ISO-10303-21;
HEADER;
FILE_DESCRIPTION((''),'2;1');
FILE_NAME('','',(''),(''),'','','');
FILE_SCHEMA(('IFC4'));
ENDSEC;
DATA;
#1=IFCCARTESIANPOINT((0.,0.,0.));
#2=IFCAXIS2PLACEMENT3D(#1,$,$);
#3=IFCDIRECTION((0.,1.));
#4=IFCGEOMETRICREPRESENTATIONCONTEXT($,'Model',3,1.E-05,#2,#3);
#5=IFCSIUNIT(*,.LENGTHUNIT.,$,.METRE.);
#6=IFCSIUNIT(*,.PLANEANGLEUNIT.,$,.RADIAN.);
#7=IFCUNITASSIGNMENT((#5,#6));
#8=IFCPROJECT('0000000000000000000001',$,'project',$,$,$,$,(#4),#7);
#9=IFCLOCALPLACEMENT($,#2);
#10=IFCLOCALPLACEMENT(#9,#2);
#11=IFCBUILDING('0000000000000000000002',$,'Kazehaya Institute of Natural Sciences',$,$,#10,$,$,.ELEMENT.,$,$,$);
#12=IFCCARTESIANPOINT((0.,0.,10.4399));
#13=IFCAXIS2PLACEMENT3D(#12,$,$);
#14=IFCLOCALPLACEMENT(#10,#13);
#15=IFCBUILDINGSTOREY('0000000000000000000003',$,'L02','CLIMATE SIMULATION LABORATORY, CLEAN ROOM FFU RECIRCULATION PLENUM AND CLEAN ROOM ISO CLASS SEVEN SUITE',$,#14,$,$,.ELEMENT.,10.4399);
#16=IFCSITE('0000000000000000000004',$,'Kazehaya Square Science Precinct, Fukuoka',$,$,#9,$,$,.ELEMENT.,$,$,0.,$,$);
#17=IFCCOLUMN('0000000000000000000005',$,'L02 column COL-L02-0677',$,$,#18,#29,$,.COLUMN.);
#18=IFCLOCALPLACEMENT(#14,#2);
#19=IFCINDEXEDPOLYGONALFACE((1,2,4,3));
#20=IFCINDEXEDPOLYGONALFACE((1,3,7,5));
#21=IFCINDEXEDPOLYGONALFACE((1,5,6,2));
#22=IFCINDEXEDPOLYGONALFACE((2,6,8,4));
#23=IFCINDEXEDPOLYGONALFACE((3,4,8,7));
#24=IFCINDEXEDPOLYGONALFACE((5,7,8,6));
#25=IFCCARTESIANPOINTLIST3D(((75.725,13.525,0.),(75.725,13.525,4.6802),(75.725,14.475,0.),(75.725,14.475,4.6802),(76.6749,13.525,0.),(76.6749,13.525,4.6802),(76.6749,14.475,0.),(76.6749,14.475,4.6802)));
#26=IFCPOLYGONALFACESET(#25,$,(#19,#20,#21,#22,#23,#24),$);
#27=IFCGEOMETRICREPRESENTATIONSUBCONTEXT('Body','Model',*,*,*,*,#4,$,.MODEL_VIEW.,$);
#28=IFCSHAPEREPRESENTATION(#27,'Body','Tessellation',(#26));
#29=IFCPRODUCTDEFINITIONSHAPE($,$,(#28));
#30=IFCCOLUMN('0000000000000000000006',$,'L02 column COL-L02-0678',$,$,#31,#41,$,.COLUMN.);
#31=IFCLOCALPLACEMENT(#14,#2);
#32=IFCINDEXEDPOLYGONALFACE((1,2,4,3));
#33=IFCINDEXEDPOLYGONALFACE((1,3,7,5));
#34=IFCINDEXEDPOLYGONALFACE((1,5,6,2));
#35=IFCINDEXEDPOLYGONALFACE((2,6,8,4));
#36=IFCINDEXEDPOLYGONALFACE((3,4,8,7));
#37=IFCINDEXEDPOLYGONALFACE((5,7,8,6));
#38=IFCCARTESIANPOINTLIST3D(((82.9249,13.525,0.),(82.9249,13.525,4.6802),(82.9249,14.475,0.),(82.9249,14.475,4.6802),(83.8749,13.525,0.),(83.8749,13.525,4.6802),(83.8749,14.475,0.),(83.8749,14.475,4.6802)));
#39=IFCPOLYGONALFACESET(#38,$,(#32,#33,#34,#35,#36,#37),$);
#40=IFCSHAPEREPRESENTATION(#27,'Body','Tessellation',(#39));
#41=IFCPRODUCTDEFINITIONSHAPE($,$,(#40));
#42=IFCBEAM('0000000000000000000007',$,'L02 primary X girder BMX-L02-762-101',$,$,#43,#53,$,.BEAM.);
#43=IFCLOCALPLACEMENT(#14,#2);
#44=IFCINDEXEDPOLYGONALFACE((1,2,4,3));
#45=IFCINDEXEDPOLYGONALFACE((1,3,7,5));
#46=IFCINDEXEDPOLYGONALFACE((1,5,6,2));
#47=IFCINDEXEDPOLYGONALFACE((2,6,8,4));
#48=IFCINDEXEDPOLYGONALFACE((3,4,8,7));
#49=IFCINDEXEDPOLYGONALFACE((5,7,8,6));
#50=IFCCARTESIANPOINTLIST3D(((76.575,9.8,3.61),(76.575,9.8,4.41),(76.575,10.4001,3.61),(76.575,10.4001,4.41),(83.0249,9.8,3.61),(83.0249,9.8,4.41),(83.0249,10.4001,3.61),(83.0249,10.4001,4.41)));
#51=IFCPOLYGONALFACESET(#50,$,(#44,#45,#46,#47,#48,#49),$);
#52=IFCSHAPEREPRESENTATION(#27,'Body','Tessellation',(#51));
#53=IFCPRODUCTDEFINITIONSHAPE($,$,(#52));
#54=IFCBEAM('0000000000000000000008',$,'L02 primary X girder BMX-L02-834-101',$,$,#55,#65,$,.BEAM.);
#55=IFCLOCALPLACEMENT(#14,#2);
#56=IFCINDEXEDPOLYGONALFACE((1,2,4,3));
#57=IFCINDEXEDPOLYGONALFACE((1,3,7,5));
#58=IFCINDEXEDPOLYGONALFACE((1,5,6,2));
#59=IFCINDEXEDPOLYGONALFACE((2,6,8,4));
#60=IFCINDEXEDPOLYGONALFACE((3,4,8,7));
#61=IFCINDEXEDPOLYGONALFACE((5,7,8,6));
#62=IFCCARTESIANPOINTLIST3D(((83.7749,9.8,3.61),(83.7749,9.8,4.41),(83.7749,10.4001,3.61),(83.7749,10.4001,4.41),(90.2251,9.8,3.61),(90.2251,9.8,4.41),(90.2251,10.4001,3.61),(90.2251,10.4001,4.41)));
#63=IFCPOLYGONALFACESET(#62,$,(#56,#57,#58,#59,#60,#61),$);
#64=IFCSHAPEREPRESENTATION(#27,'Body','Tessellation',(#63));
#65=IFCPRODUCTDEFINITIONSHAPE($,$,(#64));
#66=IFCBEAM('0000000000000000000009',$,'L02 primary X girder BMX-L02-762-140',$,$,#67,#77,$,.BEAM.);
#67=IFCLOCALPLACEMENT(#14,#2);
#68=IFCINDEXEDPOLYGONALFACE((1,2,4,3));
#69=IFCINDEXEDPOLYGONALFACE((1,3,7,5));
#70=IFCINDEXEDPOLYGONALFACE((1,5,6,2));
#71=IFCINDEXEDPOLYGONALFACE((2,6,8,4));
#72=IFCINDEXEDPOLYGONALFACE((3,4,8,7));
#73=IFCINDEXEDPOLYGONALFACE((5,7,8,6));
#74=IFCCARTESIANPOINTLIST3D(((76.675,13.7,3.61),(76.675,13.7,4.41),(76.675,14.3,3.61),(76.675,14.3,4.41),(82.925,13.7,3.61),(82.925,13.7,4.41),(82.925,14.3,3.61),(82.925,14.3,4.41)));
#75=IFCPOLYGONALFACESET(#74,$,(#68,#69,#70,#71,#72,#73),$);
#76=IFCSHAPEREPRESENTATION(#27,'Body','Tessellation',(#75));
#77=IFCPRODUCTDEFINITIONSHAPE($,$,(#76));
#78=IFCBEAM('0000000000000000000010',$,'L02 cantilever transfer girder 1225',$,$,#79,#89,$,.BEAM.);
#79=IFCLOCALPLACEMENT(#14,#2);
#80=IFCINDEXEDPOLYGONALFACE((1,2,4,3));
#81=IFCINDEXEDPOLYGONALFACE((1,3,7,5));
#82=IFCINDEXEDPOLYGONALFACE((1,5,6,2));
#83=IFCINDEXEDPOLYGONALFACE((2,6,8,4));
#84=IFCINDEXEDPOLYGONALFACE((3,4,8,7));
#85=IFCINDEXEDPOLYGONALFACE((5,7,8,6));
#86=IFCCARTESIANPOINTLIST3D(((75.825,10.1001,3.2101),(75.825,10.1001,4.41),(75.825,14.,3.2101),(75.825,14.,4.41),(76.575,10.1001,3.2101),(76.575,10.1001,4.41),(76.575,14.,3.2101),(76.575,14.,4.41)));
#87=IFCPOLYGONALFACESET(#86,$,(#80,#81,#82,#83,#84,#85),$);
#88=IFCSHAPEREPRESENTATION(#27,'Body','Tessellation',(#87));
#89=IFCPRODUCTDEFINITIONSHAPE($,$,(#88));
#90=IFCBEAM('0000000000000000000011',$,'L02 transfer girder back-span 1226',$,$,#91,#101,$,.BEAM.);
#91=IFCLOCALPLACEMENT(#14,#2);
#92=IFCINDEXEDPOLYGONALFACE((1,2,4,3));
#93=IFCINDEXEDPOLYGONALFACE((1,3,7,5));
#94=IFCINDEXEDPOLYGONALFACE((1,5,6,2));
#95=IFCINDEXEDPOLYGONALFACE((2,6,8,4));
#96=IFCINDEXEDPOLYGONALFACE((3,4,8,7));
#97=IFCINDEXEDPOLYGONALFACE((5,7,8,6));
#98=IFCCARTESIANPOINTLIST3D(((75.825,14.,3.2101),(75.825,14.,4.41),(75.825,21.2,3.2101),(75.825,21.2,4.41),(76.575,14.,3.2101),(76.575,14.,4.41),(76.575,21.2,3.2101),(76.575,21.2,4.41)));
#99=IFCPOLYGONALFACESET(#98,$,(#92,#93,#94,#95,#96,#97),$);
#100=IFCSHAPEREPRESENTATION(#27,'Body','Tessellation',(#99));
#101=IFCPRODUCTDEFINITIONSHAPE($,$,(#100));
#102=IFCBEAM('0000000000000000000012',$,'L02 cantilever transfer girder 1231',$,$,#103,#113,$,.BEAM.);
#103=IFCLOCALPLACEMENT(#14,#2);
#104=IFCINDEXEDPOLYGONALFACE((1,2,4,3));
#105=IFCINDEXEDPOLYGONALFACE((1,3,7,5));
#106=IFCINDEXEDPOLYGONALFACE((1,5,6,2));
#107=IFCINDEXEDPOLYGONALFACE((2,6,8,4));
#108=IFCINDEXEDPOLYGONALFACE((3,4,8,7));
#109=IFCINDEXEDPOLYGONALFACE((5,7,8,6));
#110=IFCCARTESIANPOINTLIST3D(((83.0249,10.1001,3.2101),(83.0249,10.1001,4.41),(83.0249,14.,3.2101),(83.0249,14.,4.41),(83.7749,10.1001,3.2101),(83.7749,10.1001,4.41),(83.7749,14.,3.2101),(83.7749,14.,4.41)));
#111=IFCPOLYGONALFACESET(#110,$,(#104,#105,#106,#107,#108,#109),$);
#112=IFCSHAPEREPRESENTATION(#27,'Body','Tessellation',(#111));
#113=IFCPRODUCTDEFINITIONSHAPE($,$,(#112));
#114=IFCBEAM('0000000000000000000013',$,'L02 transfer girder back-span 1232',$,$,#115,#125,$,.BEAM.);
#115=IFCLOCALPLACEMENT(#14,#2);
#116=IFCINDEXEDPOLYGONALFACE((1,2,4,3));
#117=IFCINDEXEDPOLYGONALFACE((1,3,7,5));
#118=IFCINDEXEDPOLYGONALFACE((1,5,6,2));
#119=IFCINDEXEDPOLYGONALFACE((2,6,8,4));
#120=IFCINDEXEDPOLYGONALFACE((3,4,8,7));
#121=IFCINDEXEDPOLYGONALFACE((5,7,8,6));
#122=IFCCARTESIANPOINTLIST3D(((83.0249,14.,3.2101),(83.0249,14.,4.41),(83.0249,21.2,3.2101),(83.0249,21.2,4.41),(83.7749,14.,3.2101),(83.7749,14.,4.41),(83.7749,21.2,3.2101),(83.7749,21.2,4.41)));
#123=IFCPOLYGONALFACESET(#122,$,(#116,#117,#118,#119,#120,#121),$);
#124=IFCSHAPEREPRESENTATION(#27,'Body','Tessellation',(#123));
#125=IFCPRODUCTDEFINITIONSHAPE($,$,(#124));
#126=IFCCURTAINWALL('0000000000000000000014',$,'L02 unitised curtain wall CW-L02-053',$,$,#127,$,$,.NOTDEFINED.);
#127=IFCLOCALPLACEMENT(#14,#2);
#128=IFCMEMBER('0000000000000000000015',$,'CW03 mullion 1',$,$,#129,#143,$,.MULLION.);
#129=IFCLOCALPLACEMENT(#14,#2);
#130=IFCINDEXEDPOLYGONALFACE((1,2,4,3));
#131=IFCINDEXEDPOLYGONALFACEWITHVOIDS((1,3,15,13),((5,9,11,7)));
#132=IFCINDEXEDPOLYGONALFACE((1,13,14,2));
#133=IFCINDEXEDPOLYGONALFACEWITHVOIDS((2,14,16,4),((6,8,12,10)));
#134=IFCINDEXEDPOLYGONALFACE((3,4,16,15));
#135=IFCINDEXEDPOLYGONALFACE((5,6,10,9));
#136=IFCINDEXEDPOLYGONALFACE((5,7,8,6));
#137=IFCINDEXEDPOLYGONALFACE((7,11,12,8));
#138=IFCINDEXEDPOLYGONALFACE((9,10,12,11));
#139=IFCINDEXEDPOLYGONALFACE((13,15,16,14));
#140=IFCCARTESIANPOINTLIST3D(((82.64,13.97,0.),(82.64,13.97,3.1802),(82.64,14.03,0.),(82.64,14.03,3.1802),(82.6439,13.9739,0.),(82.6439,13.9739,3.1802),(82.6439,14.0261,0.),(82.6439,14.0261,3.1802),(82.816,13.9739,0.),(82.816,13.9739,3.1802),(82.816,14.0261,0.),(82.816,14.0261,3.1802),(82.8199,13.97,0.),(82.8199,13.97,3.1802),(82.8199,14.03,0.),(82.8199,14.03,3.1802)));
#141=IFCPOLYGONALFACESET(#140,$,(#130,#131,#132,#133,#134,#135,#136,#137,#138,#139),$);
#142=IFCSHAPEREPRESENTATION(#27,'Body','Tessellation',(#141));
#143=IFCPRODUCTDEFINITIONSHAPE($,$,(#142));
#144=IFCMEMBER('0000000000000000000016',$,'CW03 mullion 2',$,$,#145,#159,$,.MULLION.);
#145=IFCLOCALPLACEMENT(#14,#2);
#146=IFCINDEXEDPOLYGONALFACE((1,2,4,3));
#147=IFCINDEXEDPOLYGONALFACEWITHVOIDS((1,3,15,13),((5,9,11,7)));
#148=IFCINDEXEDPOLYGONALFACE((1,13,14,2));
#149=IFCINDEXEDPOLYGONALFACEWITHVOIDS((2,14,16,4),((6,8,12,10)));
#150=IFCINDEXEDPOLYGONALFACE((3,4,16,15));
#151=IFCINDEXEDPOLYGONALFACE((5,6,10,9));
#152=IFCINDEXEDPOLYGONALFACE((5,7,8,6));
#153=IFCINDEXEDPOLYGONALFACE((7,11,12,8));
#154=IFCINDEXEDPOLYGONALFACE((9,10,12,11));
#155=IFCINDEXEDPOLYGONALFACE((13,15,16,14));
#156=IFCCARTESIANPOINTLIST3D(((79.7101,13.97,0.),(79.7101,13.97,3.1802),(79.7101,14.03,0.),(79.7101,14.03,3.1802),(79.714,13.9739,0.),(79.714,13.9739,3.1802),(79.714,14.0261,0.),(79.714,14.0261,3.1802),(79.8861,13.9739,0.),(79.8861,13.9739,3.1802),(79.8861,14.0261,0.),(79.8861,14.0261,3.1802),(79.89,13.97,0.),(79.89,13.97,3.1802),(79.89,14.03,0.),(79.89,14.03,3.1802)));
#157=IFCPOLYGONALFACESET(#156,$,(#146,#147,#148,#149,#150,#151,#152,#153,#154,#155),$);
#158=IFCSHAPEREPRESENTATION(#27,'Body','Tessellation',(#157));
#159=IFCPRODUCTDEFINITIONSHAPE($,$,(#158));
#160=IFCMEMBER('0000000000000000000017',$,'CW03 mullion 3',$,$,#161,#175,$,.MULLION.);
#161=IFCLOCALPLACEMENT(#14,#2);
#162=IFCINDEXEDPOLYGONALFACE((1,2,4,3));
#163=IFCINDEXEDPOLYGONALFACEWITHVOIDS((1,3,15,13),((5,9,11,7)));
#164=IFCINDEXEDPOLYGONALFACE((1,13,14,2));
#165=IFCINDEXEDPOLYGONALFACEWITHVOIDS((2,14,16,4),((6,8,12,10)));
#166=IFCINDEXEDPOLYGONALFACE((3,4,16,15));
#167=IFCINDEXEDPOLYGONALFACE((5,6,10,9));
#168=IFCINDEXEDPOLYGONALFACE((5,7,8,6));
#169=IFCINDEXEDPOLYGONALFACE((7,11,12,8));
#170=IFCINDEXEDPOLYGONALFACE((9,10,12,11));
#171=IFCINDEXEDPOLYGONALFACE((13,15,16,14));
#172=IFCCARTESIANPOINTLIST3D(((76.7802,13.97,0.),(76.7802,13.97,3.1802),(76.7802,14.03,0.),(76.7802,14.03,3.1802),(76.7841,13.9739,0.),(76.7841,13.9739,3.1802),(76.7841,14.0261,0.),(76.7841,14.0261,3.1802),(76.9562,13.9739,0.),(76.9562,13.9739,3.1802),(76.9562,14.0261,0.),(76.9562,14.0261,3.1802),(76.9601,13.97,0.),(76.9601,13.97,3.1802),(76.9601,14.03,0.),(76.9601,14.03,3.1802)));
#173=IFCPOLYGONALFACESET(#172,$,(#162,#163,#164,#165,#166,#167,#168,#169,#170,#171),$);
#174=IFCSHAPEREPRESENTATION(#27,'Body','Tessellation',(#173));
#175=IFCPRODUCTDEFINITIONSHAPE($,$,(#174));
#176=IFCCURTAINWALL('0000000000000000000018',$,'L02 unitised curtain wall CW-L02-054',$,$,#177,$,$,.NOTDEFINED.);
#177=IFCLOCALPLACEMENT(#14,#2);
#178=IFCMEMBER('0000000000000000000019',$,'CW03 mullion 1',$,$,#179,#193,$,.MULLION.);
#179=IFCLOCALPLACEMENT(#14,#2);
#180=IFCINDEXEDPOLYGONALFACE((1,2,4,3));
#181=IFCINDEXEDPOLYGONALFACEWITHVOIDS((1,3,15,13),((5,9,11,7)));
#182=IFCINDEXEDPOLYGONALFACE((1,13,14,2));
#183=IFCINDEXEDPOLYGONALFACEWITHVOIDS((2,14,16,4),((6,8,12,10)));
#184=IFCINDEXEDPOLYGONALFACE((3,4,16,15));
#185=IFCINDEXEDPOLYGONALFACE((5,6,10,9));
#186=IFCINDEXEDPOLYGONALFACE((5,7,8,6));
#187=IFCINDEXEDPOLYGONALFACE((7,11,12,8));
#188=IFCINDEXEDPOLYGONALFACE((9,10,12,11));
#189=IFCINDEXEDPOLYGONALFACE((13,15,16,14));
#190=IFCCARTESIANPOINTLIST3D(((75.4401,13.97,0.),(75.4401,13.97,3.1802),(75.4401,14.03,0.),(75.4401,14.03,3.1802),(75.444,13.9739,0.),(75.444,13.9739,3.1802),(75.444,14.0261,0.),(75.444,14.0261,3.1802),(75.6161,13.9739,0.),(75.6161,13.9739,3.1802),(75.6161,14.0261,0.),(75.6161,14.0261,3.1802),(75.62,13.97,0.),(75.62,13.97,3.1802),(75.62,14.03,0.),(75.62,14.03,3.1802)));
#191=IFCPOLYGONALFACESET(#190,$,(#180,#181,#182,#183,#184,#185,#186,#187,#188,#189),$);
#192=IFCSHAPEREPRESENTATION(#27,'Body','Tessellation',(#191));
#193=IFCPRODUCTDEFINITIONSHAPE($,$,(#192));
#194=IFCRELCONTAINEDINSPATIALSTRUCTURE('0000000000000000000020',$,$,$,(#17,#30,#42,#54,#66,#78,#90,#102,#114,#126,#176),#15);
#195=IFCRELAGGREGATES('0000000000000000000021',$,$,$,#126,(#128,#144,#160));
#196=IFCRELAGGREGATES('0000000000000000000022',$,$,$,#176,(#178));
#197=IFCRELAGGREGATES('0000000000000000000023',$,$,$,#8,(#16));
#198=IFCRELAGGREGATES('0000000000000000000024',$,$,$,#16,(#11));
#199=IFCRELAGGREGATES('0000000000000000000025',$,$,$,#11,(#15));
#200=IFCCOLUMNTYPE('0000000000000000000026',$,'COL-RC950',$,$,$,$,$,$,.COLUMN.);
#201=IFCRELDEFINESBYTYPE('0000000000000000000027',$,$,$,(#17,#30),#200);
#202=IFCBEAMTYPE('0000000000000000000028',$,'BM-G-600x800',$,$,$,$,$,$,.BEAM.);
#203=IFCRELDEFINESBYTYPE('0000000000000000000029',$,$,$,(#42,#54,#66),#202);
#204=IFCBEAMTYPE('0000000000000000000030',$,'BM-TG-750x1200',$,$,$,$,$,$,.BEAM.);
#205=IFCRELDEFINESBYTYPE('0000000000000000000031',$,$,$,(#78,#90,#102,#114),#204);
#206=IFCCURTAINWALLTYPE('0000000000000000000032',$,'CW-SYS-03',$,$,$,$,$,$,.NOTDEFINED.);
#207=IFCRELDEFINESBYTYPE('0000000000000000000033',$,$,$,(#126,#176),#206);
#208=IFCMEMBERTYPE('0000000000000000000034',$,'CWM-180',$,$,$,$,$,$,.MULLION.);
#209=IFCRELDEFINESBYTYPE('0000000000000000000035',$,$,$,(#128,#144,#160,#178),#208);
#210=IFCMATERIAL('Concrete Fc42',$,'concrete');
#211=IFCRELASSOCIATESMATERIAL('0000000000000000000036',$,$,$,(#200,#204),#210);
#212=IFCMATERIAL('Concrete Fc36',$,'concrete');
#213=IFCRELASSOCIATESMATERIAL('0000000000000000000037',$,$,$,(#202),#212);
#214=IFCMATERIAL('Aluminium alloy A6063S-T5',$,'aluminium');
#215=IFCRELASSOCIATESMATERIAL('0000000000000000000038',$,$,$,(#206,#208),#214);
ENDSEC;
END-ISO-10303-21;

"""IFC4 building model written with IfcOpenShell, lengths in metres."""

from ifc_helpers import new_model, si_unit, direction, frame, origin, origin_2d, place, context, subcontext, project, spatial, rectangle, hollow_rectangle, extrude, material, material_profile, profile_set, type_object, element, aggregate, save


model = new_model("IFC4")

# Units and contexts
model_context = context("Model", 3, precision=1e-05, world=origin(), true_north=direction((0.0, 1.0)))
body_context = subcontext(model_context, "Body", "Model", "MODEL_VIEW")
ifc_project = project(units=[si_unit("LENGTHUNIT", "METRE"), si_unit("PLANEANGLEUNIT", "RADIAN")], contexts=[model_context])

# Site, building, storey
site_placement = place(None, origin())
site = spatial("IfcSite", under=ifc_project, at=site_placement, Name="Kazehaya Square Science Precinct, Fukuoka", CompositionType="ELEMENT", RefElevation=0.0)
building_placement = place(site_placement, origin())
building = spatial("IfcBuilding", under=site, at=building_placement, Name="Kazehaya Institute of Natural Sciences", CompositionType="ELEMENT")
storey_placement = place(building_placement, frame((0.0, 0.0, 10.4399)))
storey = spatial("IfcBuildingStorey", under=building, at=storey_placement, Name="L02", Description="CLIMATE SIMULATION LABORATORY, CLEAN ROOM FFU RECIRCULATION PLENUM AND CLEAN ROOM ISO CLASS SEVEN SUITE", CompositionType="ELEMENT", Elevation=10.4399)

# Columns
ifc_material_1 = material(Name="Concrete Fc42", Category="concrete")
ifc_material_profile_1 = material_profile(ifc_material_1, rectangle(XDim=0.95, YDim=0.95, at=origin_2d()), Name="RC-950x950")
ifc_profile_set_1 = profile_set([ifc_material_profile_1], Name="Concrete Fc42")
column_type = type_object("IfcColumnType", Name="COL-RC950", PredefinedType="COLUMN", material=ifc_profile_set_1)
for number, where, z_axis, x_axis, name in (
    (1, (76.2, 14.0, 0.0), (0.0, 0.0, 1.0), (1.0, 0.0, 0.0), "L02 column COL-L02-0677"),
    (2, (83.3999, 14.0, 0.0), (0.0, 0.0, 1.0), (1.0, 0.0, 0.0), "L02 column COL-L02-0678"),
):
    element("IfcColumn", number, at=place(storey_placement, frame(where, z_axis=z_axis, x_axis=x_axis)), inside=storey, type_object=column_type, Name=name, PredefinedType="COLUMN", context=body_context, shape_type="SweptSolid", body=[
        extrude(rectangle(XDim=0.95, YDim=0.95, at=origin_2d()), origin(), (0.0, 0.0, 1.0), 4.6802),
    ])

# Beams
ifc_material_2 = material(Name="Concrete Fc36", Category="concrete")
ifc_material_profile_2 = material_profile(ifc_material_2, rectangle(XDim=0.6001, YDim=0.8, at=origin_2d()), Name="RC-600x800")
ifc_profile_set_2 = profile_set([ifc_material_profile_2], Name="Concrete Fc36")
beam_type_1 = type_object("IfcBeamType", Name="BM-G-600x800", PredefinedType="BEAM", material=ifc_profile_set_2)
beam_1_placement = place(storey_placement, frame((76.575, 10.1001, 4.01), z_axis=(1.0, 0.0, 0.0), x_axis=(0.0, 1.0, 0.0)))
element("IfcBeam", 3, at=beam_1_placement, inside=storey, type_object=beam_type_1, Name="L02 primary X girder BMX-L02-762-101", PredefinedType="BEAM", context=body_context, shape_type="SweptSolid", body=[
    extrude(rectangle(XDim=0.6001, YDim=0.8, at=origin_2d()), origin(), (0.0, 0.0, 1.0), 6.45),
])
beam_2_placement = place(storey_placement, frame((83.7749, 10.1001, 4.01), z_axis=(1.0, 0.0, 0.0), x_axis=(0.0, 1.0, 0.0)))
element("IfcBeam", 4, at=beam_2_placement, inside=storey, type_object=beam_type_1, Name="L02 primary X girder BMX-L02-834-101", PredefinedType="BEAM", context=body_context, shape_type="SweptSolid", body=[
    extrude(rectangle(XDim=0.6001, YDim=0.8, at=origin_2d()), origin(), (0.0, 0.0, 1.0), 6.4502),
])
beam_3_placement = place(storey_placement, frame((76.675, 14.0, 4.01), z_axis=(1.0, 0.0, 0.0), x_axis=(0.0, 1.0, 0.0)))
element("IfcBeam", 5, at=beam_3_placement, inside=storey, type_object=beam_type_1, Name="L02 primary X girder BMX-L02-762-140", PredefinedType="BEAM", context=body_context, shape_type="SweptSolid", body=[
    extrude(rectangle(XDim=0.6001, YDim=0.8, at=origin_2d()), origin(), (0.0, 0.0, 1.0), 6.25),
])
ifc_material_profile_3 = material_profile(ifc_material_1, rectangle(XDim=0.75, YDim=1.2, at=origin_2d()), Name="RC-750x1200")
ifc_profile_set_3 = profile_set([ifc_material_profile_3], Name="Concrete Fc42")
beam_type_2 = type_object("IfcBeamType", Name="BM-TG-750x1200", PredefinedType="BEAM", material=ifc_profile_set_3)
beam_4_placement = place(storey_placement, frame((76.2, 10.1001, 3.8101), z_axis=(0.0, 1.0, 0.0), x_axis=(-1.0, 0.0, 0.0)))
element("IfcBeam", 6, at=beam_4_placement, inside=storey, type_object=beam_type_2, Name="L02 cantilever transfer girder 1225", PredefinedType="BEAM", context=body_context, shape_type="SweptSolid", body=[
    extrude(rectangle(XDim=0.75, YDim=1.2, at=origin_2d()), origin(), (0.0, 0.0, 1.0), 3.8999),
])
beam_5_placement = place(storey_placement, frame((76.2, 14.0, 3.8101), z_axis=(0.0, 1.0, 0.0), x_axis=(-1.0, 0.0, 0.0)))
element("IfcBeam", 7, at=beam_5_placement, inside=storey, type_object=beam_type_2, Name="L02 transfer girder back-span 1226", PredefinedType="BEAM", context=body_context, shape_type="SweptSolid", body=[
    extrude(rectangle(XDim=0.75, YDim=1.2, at=origin_2d()), origin(), (0.0, 0.0, 1.0), 7.2),
])
beam_6_placement = place(storey_placement, frame((83.3999, 10.1001, 3.8101), z_axis=(0.0, 1.0, 0.0), x_axis=(-1.0, 0.0, 0.0)))
element("IfcBeam", 8, at=beam_6_placement, inside=storey, type_object=beam_type_2, Name="L02 cantilever transfer girder 1231", PredefinedType="BEAM", context=body_context, shape_type="SweptSolid", body=[
    extrude(rectangle(XDim=0.75, YDim=1.2, at=origin_2d()), origin(), (0.0, 0.0, 1.0), 3.8999),
])
beam_7_placement = place(storey_placement, frame((83.3999, 14.0, 3.8101), z_axis=(0.0, 1.0, 0.0), x_axis=(-1.0, 0.0, 0.0)))
element("IfcBeam", 9, at=beam_7_placement, inside=storey, type_object=beam_type_2, Name="L02 transfer girder back-span 1232", PredefinedType="BEAM", context=body_context, shape_type="SweptSolid", body=[
    extrude(rectangle(XDim=0.75, YDim=1.2, at=origin_2d()), origin(), (0.0, 0.0, 1.0), 7.2),
])

# Curtain walls, members
ifc_material_3 = material(Name="Aluminium alloy A6063S-T5", Category="aluminium")
curtain_wall_type = type_object("IfcCurtainWallType", Name="CW-SYS-03", PredefinedType="NOTDEFINED", material=ifc_material_3)
curtain_wall_1_placement = place(storey_placement, origin())
curtain_wall_1 = element("IfcCurtainWall", 10, at=curtain_wall_1_placement, inside=storey, type_object=curtain_wall_type, Name="L02 unitised curtain wall CW-L02-053", PredefinedType="NOTDEFINED")
ifc_material_profile_4 = material_profile(ifc_material_3, hollow_rectangle(XDim=0.0601, YDim=0.1799, WallThickness=0.0039, at=origin_2d()), Name="ALU-60x180x4")
ifc_profile_set_4 = profile_set([ifc_material_profile_4], Name="Aluminium alloy A6063S-T5")
member_type_1 = type_object("IfcMemberType", Name="CWM-180", PredefinedType="MULLION", material=ifc_profile_set_4)
member_1_placement = place(storey_placement, frame((82.73, 14.0, 0.0), z_axis=(0.0, 0.0, 1.0), x_axis=(0.0, -1.0, 0.0)))
member_1 = element("IfcMember", 11, at=member_1_placement, type_object=member_type_1, Name="CW03 mullion 1", PredefinedType="MULLION", context=body_context, shape_type="SweptSolid", body=[
    extrude(hollow_rectangle(XDim=0.0601, YDim=0.1799, WallThickness=0.0039, at=origin_2d()), origin(), (0.0, 0.0, 1.0), 3.1802),
])
member_2_placement = place(storey_placement, frame((79.8, 14.0, 0.0), z_axis=(0.0, 0.0, 1.0), x_axis=(0.0, -1.0, 0.0)))
member_2 = element("IfcMember", 12, at=member_2_placement, type_object=member_type_1, Name="CW03 mullion 2", PredefinedType="MULLION", context=body_context, shape_type="SweptSolid", body=[
    extrude(hollow_rectangle(XDim=0.0601, YDim=0.1799, WallThickness=0.0039, at=origin_2d()), origin(), (0.0, 0.0, 1.0), 3.1802),
])
member_3_placement = place(storey_placement, frame((76.8701, 14.0, 0.0), z_axis=(0.0, 0.0, 1.0), x_axis=(0.0, -1.0, 0.0)))
member_3 = element("IfcMember", 13, at=member_3_placement, type_object=member_type_1, Name="CW03 mullion 3", PredefinedType="MULLION", context=body_context, shape_type="SweptSolid", body=[
    extrude(hollow_rectangle(XDim=0.0601, YDim=0.1799, WallThickness=0.0039, at=origin_2d()), origin(), (0.0, 0.0, 1.0), 3.1802),
])
curtain_wall_2_placement = place(storey_placement, origin())
curtain_wall_2 = element("IfcCurtainWall", 14, at=curtain_wall_2_placement, inside=storey, type_object=curtain_wall_type, Name="L02 unitised curtain wall CW-L02-054", PredefinedType="NOTDEFINED")
member_4_placement = place(storey_placement, frame((75.53, 14.0, 0.0), z_axis=(0.0, 0.0, 1.0), x_axis=(0.0, -1.0, 0.0)))
member_4 = element("IfcMember", 15, at=member_4_placement, type_object=member_type_1, Name="CW03 mullion 1", PredefinedType="MULLION", context=body_context, shape_type="SweptSolid", body=[
    extrude(hollow_rectangle(XDim=0.0601, YDim=0.1799, WallThickness=0.0039, at=origin_2d()), origin(), (0.0, 0.0, 1.0), 3.1802),
])

aggregate(curtain_wall_1, [member_1, member_2, member_3])
aggregate(curtain_wall_2, [member_4])

save(model, "model.ifc")
